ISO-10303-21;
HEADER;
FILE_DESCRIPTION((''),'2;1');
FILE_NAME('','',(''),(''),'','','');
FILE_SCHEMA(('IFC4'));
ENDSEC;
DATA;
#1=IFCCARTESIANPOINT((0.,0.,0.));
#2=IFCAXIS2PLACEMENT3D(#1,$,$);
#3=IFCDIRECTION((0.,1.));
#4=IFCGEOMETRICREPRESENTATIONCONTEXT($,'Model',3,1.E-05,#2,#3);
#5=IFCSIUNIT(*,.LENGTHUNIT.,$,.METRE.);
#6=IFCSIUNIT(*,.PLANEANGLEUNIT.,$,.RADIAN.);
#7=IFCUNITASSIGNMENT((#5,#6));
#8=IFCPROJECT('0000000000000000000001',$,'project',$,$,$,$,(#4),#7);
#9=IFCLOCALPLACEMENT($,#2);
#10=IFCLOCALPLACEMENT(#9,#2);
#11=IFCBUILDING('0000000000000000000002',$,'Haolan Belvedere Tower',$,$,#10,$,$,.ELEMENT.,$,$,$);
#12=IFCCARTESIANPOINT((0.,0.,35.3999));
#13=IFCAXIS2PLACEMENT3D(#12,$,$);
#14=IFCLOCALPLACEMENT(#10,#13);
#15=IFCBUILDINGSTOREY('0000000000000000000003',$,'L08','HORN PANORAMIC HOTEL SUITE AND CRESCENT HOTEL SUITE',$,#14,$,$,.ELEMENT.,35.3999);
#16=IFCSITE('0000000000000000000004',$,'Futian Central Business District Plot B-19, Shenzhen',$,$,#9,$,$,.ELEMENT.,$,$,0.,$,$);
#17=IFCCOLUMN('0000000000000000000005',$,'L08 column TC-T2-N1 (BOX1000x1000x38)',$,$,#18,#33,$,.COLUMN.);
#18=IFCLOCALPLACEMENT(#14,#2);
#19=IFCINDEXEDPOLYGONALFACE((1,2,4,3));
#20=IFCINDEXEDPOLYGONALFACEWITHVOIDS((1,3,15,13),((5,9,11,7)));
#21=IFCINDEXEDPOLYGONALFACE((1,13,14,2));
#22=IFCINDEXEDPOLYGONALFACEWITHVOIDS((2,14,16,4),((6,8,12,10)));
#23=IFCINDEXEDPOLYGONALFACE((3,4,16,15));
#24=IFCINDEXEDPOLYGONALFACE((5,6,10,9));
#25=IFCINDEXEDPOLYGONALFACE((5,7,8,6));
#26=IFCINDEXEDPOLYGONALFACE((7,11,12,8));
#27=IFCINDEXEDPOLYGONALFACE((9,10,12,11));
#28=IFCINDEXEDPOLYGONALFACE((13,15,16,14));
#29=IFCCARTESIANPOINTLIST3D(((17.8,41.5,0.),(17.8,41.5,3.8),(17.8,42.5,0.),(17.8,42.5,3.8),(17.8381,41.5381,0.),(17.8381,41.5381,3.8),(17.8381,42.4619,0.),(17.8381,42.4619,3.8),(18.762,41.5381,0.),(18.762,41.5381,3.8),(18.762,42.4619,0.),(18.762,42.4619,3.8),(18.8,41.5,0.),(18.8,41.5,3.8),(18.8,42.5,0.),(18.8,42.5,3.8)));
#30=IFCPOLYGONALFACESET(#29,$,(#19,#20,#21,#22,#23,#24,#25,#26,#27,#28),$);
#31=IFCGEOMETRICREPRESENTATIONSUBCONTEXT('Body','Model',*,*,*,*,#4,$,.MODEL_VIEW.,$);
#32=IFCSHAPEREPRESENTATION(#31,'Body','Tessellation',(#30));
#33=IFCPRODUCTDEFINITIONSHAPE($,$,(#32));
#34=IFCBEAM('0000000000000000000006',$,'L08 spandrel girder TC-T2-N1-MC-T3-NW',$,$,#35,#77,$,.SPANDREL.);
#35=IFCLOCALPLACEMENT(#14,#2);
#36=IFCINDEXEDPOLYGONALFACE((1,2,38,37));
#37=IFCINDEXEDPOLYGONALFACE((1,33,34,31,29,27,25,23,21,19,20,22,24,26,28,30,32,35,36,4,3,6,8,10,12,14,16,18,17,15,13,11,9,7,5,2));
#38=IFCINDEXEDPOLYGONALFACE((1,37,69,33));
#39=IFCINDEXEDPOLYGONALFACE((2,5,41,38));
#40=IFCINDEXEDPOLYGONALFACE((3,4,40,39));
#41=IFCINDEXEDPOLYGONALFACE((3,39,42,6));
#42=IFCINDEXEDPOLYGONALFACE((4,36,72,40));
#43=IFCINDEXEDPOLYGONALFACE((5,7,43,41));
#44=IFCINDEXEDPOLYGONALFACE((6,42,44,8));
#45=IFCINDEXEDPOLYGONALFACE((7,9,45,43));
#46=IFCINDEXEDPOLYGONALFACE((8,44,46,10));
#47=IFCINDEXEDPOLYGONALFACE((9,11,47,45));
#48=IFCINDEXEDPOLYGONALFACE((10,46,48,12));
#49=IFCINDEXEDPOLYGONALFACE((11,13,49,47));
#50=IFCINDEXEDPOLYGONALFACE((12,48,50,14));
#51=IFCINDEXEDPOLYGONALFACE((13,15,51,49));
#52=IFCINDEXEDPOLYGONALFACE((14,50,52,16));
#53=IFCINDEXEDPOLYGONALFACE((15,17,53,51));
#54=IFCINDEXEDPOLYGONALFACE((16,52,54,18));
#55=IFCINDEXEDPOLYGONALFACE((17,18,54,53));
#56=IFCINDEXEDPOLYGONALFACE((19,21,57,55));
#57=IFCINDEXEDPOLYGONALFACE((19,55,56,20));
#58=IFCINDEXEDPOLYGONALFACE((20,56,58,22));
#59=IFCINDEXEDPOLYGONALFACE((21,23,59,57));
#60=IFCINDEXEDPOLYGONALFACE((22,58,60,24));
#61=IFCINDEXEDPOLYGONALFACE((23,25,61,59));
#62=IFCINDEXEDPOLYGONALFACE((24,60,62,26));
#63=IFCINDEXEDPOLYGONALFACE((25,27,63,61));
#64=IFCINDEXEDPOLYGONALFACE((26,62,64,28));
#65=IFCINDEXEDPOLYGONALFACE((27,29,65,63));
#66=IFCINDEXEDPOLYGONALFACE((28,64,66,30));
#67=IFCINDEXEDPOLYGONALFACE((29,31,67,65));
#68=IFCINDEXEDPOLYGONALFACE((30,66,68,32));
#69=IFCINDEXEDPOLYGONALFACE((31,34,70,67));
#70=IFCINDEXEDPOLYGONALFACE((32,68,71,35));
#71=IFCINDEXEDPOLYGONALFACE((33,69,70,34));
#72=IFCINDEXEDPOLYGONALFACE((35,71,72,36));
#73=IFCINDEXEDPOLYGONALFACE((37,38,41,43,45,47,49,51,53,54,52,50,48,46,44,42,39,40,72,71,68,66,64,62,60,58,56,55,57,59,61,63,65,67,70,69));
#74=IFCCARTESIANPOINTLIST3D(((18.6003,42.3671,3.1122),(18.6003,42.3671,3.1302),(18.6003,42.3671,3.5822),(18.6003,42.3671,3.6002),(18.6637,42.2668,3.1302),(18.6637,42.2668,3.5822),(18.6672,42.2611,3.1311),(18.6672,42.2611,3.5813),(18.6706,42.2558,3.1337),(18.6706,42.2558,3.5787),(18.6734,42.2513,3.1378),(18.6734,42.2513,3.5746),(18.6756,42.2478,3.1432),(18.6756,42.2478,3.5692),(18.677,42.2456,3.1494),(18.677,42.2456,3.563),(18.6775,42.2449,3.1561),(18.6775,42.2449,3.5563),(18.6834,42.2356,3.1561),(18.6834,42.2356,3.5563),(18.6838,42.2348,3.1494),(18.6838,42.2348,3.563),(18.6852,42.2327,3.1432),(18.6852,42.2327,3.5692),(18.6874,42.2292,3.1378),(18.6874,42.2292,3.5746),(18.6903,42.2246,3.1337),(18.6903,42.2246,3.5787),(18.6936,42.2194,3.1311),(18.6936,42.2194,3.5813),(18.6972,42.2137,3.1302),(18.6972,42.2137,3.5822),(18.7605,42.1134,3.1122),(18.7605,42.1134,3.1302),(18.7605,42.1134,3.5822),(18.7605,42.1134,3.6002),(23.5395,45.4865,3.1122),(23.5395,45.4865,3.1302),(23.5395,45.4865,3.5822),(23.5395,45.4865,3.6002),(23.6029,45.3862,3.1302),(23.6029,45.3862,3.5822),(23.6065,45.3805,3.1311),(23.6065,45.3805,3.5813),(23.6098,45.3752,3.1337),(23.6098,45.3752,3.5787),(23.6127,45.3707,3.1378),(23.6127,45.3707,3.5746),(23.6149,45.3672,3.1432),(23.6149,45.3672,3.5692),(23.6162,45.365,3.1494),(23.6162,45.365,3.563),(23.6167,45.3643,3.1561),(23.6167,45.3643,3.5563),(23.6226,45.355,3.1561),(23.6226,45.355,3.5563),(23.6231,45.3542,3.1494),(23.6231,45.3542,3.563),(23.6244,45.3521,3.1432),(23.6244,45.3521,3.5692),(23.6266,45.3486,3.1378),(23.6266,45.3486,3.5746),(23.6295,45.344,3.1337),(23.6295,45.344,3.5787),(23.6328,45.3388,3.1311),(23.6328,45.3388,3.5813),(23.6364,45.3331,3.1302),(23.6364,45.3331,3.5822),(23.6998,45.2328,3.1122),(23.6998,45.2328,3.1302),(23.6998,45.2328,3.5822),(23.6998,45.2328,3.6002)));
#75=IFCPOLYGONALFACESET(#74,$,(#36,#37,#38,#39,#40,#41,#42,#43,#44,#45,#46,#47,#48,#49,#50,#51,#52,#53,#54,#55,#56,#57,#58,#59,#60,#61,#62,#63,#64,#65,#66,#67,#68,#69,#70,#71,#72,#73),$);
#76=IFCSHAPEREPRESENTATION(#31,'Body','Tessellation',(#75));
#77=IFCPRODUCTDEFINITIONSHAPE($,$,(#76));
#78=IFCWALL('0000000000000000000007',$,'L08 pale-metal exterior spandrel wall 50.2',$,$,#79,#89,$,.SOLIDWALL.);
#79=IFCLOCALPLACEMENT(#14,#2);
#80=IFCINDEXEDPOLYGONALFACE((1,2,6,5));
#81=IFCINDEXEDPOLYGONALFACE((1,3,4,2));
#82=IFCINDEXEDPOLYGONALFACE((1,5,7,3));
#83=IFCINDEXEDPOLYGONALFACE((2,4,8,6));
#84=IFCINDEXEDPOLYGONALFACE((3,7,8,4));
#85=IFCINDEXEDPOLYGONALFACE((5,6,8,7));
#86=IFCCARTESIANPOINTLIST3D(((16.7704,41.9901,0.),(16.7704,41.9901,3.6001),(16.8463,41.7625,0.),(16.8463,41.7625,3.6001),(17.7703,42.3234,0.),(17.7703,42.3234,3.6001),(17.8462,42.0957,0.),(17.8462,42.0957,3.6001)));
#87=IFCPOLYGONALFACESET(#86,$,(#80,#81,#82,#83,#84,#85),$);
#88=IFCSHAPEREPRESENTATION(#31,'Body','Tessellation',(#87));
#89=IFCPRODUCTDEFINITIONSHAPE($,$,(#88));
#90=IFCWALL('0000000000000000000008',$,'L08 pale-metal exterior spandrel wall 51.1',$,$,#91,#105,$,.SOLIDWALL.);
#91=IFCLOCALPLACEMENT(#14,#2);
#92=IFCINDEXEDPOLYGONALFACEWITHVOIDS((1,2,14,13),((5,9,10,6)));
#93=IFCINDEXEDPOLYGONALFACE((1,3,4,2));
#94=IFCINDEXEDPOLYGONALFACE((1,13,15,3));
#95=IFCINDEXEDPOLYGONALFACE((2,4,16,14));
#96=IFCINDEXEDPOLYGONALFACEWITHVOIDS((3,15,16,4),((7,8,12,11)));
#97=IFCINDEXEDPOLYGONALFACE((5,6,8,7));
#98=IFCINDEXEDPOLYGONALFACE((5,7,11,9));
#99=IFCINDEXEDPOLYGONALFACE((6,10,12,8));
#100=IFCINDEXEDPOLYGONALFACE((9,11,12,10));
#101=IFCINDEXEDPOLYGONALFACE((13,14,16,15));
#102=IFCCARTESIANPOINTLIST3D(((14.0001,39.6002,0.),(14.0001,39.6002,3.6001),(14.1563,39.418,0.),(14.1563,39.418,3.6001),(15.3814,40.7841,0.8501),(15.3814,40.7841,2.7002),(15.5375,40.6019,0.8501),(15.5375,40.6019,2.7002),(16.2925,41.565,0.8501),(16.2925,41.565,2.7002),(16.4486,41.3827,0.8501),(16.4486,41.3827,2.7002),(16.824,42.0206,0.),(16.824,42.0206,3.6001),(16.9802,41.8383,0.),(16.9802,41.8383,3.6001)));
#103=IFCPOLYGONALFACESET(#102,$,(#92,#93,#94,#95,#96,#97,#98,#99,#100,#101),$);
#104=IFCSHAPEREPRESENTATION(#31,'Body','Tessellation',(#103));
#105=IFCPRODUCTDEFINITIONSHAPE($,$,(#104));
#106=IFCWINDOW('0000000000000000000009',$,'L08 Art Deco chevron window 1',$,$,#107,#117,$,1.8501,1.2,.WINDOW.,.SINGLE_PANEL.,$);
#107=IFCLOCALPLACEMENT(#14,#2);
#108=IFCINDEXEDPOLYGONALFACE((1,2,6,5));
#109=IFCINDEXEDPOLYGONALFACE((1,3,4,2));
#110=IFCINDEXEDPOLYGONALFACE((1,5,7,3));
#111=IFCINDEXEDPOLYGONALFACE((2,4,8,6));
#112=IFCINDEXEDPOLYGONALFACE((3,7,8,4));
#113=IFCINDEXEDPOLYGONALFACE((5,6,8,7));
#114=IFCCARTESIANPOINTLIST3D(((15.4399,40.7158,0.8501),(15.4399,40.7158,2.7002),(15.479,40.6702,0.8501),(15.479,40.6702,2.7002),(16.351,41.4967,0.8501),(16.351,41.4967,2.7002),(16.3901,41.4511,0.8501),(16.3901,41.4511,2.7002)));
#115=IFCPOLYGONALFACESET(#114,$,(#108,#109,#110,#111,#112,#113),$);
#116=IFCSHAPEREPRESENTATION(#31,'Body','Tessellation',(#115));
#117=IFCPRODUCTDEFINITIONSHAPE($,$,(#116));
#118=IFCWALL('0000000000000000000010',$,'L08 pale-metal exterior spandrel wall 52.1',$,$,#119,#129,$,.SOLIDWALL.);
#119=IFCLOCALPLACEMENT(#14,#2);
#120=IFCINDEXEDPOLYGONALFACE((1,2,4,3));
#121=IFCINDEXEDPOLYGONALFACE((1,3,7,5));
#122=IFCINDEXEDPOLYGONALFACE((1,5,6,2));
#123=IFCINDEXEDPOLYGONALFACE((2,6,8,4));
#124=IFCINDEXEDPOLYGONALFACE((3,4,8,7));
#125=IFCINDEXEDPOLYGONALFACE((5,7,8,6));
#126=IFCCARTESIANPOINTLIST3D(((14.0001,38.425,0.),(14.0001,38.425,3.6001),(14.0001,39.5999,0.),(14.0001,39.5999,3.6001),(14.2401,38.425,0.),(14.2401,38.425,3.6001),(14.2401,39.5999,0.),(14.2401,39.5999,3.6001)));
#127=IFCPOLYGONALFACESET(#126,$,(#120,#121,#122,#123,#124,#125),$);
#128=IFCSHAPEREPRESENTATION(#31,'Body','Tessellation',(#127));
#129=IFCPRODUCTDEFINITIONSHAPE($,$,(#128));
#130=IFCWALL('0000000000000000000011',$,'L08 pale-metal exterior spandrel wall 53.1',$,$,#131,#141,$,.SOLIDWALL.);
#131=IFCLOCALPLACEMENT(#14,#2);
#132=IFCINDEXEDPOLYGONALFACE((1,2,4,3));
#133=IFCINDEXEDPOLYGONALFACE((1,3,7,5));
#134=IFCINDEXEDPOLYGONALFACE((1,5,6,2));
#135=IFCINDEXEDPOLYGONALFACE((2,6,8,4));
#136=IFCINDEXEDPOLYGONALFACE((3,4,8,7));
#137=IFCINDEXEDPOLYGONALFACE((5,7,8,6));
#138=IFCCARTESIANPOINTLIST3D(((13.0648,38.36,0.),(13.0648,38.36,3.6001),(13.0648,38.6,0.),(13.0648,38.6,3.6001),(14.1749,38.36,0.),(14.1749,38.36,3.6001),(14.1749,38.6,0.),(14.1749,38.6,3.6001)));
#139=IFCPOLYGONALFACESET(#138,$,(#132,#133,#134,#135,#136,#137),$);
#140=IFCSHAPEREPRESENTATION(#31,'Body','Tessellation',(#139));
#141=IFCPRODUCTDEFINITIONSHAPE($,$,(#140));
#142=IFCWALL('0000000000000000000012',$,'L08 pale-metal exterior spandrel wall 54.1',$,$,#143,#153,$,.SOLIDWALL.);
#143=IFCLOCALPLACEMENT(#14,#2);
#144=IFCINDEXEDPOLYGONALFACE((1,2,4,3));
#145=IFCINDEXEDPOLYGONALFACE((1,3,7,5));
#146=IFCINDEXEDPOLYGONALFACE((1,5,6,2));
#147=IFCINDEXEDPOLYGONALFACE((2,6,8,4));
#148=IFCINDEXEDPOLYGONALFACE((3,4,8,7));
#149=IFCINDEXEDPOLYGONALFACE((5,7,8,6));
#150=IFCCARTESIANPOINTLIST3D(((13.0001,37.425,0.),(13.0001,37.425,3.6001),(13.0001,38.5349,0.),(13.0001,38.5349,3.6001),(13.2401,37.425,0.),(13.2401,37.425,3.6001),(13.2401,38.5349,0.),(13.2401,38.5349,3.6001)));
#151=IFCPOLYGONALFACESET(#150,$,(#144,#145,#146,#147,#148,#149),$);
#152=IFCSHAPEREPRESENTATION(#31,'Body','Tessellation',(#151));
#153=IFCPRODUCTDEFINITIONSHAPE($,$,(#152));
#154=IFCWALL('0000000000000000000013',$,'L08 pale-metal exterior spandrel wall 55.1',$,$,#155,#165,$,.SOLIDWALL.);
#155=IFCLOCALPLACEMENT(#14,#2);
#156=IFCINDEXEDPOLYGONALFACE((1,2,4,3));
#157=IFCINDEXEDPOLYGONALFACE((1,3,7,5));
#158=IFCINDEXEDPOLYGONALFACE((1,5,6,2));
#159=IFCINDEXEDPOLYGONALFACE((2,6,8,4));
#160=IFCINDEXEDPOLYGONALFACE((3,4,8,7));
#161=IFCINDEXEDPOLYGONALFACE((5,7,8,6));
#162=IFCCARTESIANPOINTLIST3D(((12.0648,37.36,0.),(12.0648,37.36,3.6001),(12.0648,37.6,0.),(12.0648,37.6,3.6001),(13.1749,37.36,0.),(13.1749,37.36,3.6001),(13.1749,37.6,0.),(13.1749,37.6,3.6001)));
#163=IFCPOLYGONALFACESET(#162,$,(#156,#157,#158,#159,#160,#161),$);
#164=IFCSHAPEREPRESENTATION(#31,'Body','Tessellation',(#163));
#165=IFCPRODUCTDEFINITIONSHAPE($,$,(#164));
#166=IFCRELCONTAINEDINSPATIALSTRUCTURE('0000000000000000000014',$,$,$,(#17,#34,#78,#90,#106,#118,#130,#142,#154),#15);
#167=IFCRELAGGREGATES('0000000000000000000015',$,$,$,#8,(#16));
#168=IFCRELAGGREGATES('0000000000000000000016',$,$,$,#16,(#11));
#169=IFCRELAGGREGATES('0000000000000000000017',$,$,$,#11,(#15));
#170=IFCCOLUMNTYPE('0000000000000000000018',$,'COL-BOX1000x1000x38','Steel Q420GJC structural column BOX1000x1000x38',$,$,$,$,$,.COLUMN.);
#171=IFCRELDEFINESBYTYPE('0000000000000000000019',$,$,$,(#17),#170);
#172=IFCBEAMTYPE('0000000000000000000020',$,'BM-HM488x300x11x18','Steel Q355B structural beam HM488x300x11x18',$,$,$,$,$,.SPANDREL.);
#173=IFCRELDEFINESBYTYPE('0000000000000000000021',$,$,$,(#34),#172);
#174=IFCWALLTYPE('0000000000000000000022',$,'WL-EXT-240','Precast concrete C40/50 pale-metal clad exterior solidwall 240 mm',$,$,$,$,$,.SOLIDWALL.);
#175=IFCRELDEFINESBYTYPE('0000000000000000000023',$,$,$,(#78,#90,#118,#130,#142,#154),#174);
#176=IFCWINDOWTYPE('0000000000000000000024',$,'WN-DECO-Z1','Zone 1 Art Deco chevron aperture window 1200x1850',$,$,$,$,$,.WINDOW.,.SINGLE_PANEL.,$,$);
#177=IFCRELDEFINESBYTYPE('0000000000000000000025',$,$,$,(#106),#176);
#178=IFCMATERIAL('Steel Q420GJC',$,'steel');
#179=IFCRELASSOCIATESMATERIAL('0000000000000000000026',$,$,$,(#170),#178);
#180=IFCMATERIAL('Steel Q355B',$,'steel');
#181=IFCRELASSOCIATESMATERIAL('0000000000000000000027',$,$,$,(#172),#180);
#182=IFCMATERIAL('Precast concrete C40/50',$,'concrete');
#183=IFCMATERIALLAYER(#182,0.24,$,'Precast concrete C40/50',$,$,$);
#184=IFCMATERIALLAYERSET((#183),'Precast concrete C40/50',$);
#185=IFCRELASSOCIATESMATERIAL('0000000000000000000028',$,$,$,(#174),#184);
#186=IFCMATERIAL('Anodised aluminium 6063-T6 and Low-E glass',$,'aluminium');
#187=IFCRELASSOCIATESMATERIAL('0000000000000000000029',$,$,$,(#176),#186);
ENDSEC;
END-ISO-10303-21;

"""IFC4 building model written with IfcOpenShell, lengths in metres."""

from ifc_helpers import new_model, si_unit, direction, frame, frame_2d, origin, origin_2d, place, context, subcontext, project, spatial, rectangle, hollow_rectangle, i_section, extrude, material, layer, layer_set, material_profile, profile_set, type_object, element, fill, save


model = new_model("IFC4")

# Units and contexts
model_context = context("Model", 3, precision=1e-05, world=origin(), true_north=direction((0.0, 1.0)))
body_context = subcontext(model_context, "Body", "Model", "MODEL_VIEW")
ifc_project = project(units=[si_unit("LENGTHUNIT", "METRE"), si_unit("PLANEANGLEUNIT", "RADIAN")], contexts=[model_context])

# Site, building, storey
site_placement = place(None, origin())
site = spatial("IfcSite", under=ifc_project, at=site_placement, Name="Futian Central Business District Plot B-19, Shenzhen", CompositionType="ELEMENT", RefElevation=0.0)
building_placement = place(site_placement, origin())
building = spatial("IfcBuilding", under=site, at=building_placement, Name="Haolan Belvedere Tower", CompositionType="ELEMENT")
storey_placement = place(building_placement, frame((0.0, 0.0, 35.3999)))
storey = spatial("IfcBuildingStorey", under=building, at=storey_placement, Name="L08", Description="HORN PANORAMIC HOTEL SUITE AND CRESCENT HOTEL SUITE", CompositionType="ELEMENT", Elevation=35.3999)

# Column
ifc_material_1 = material(Name="Steel Q420GJC", Category="steel")
ifc_material_profile_1 = material_profile(ifc_material_1, hollow_rectangle(XDim=1.0, YDim=1.0, WallThickness=0.0381, at=origin_2d()), Name="Steel Q420GJC")
ifc_profile_set_1 = profile_set([ifc_material_profile_1], Name="Steel Q420GJC")
column_type = type_object("IfcColumnType", Name="COL-BOX1000x1000x38", Description="Steel Q420GJC structural column BOX1000x1000x38", PredefinedType="COLUMN", material=ifc_profile_set_1)
column_placement = place(storey_placement, frame((18.3, 42.0, 0.0), z_axis=(0.0, 0.0, 1.0), x_axis=(1.0, 0.0, 0.0)))
element("IfcColumn", 1, at=column_placement, inside=storey, type_object=column_type, Name="L08 column TC-T2-N1 (BOX1000x1000x38)", PredefinedType="COLUMN", context=body_context, shape_type="SweptSolid", body=[
    extrude(hollow_rectangle(XDim=1.0, YDim=1.0, WallThickness=0.0381, at=origin_2d()), origin(), (0.0, 0.0, 1.0), 3.8),
])

# Beam
ifc_material_2 = material(Name="Steel Q355B", Category="steel")
ifc_material_profile_2 = material_profile(ifc_material_2, i_section(OverallWidth=0.3, OverallDepth=0.488, WebThickness=0.011, FlangeThickness=0.0181, FilletRadius=0.0259, at=origin_2d()), Name="Steel Q355B")
ifc_profile_set_2 = profile_set([ifc_material_profile_2], Name="Steel Q355B")
beam_type = type_object("IfcBeamType", Name="BM-HM488x300x11x18", Description="Steel Q355B structural beam HM488x300x11x18", PredefinedType="SPANDREL", material=ifc_profile_set_2)
beam_placement = place(storey_placement, frame((18.6804, 42.2402, 3.3562), z_axis=(0.845498, 0.533979, 0.0), x_axis=(-0.533979, 0.845498, 0.0)))
element("IfcBeam", 2, at=beam_placement, inside=storey, type_object=beam_type, Name="L08 spandrel girder TC-T2-N1-MC-T3-NW", PredefinedType="SPANDREL", context=body_context, shape_type="SweptSolid", body=[
    extrude(i_section(OverallWidth=0.3, OverallDepth=0.488, WebThickness=0.011, FlangeThickness=0.0181, FilletRadius=0.0259, at=origin_2d()), origin(), (0.0, 0.0, 1.0), 5.8418),
])

# Wall
ifc_material_3 = material(Name="Precast concrete C40/50", Category="concrete")
ifc_layer_1 = layer(ifc_material_3, 0.24, Name="Precast concrete C40/50")
ifc_layer_set_1 = layer_set([ifc_layer_1], Name="Precast concrete C40/50")
wall_type_1 = type_object("IfcWallType", Name="WL-EXT-240", Description="Precast concrete C40/50 pale-metal clad exterior solidwall 240 mm", PredefinedType="SOLIDWALL", material=ifc_layer_set_1)
wall_1_placement = place(storey_placement, frame((17.8081, 42.2095, 0.0), z_axis=(0.0, 0.0, 1.0), x_axis=(-0.948706, -0.316158, 0.0)))
element("IfcWall", 3, at=wall_1_placement, inside=storey, type_object=wall_type_1, Name="L08 pale-metal exterior spandrel wall 50.2", PredefinedType="SOLIDWALL", context=body_context, shape_type="SweptSolid", body=[
    extrude(rectangle(XDim=1.054, YDim=0.24, at=frame_2d((0.5269, 0.0))), origin(), (0.0, 0.0, 1.0), 3.6001),
])

# Wall, opening, window
wall_2_placement = place(storey_placement, frame((16.9021, 41.9294, 0.0), z_axis=(0.0, 0.0, 1.0), x_axis=(-0.759275, -0.65077, 0.0)))
wall_2 = element("IfcWall", 4, at=wall_2_placement, inside=storey, type_object=wall_type_1, Name="L08 pale-metal exterior spandrel wall 51.1", PredefinedType="SOLIDWALL", context=body_context, shape_type="SweptSolid", body=[
    extrude(rectangle(XDim=3.7192, YDim=0.24, at=frame_2d((1.8596, 0.0))), origin(), (0.0, 0.0, 1.0), 3.6001),
])
opening_1_placement = place(wall_2_placement, frame((0.7, 0.0, 0.8501)))
opening_1 = element("IfcOpeningElement", 5, at=opening_1_placement, cuts=wall_2, PredefinedType="OPENING", context=body_context, shape_type="SweptSolid", body=[
    extrude(rectangle(XDim=1.2, YDim=1.8501, at=frame_2d((0.6001, 0.925))), frame((0.0, 0.1299, 0.0), z_axis=(0.0, -1.0, 0.0), x_axis=(1.0, 0.0, 0.0)), (0.0, 0.0, 1.0), 0.26),
])
ifc_material_4 = material(Name="Anodised aluminium 6063-T6 and Low-E glass", Category="aluminium")
window_type = type_object("IfcWindowType", Name="WN-DECO-Z1", Description="Zone 1 Art Deco chevron aperture window 1200x1850", PartitioningType="SINGLE_PANEL", PredefinedType="WINDOW", material=ifc_material_4)
window_1_placement = place(opening_1_placement, origin())
window_1 = element("IfcWindow", 6, at=window_1_placement, inside=storey, type_object=window_type, Name="L08 Art Deco chevron window 1", OverallHeight=1.8501, OverallWidth=1.2, PartitioningType="SINGLE_PANEL", PredefinedType="WINDOW", context=body_context, shape_type="SweptSolid", body=[
    extrude(rectangle(XDim=1.2, YDim=1.8501, at=frame_2d((0.6001, 0.925))), frame((0.0, 0.03, 0.0), z_axis=(0.0, -1.0, 0.0), x_axis=(1.0, 0.0, 0.0)), (0.0, 0.0, 1.0), 0.0601),
])
fill(opening_1, window_1)

# Walls
wall_3_placement = place(storey_placement, frame((14.1201, 39.5999, 0.0), z_axis=(0.0, 0.0, 1.0), x_axis=(0.0, -1.0, 0.0)))
element("IfcWall", 7, at=wall_3_placement, inside=storey, type_object=wall_type_1, Name="L08 pale-metal exterior spandrel wall 52.1", PredefinedType="SOLIDWALL", context=body_context, shape_type="SweptSolid", body=[
    extrude(rectangle(XDim=1.1748, YDim=0.24, at=frame_2d((0.5874, 0.0))), origin(), (0.0, 0.0, 1.0), 3.6001),
])
wall_4_placement = place(storey_placement, frame((14.175, 38.48, 0.0), z_axis=(0.0, 0.0, 1.0), x_axis=(-1.0, 0.0, 0.0)))
element("IfcWall", 8, at=wall_4_placement, inside=storey, type_object=wall_type_1, Name="L08 pale-metal exterior spandrel wall 53.1", PredefinedType="SOLIDWALL", context=body_context, shape_type="SweptSolid", body=[
    extrude(rectangle(XDim=1.1101, YDim=0.24, at=frame_2d((0.5552, 0.0))), origin(), (0.0, 0.0, 1.0), 3.6001),
])
wall_5_placement = place(storey_placement, frame((13.1201, 38.5349, 0.0), z_axis=(0.0, 0.0, 1.0), x_axis=(0.0, -1.0, 0.0)))
element("IfcWall", 9, at=wall_5_placement, inside=storey, type_object=wall_type_1, Name="L08 pale-metal exterior spandrel wall 54.1", PredefinedType="SOLIDWALL", context=body_context, shape_type="SweptSolid", body=[
    extrude(rectangle(XDim=1.1099, YDim=0.24, at=frame_2d((0.5549, 0.0))), origin(), (0.0, 0.0, 1.0), 3.6001),
])
wall_6_placement = place(storey_placement, frame((13.175, 37.48, 0.0), z_axis=(0.0, 0.0, 1.0), x_axis=(-1.0, 0.0, 0.0)))
element("IfcWall", 10, at=wall_6_placement, inside=storey, type_object=wall_type_1, Name="L08 pale-metal exterior spandrel wall 55.1", PredefinedType="SOLIDWALL", context=body_context, shape_type="SweptSolid", body=[
    extrude(rectangle(XDim=1.1101, YDim=0.24, at=frame_2d((0.5552, 0.0))), origin(), (0.0, 0.0, 1.0), 3.6001),
])

save(model, "model.ifc")
